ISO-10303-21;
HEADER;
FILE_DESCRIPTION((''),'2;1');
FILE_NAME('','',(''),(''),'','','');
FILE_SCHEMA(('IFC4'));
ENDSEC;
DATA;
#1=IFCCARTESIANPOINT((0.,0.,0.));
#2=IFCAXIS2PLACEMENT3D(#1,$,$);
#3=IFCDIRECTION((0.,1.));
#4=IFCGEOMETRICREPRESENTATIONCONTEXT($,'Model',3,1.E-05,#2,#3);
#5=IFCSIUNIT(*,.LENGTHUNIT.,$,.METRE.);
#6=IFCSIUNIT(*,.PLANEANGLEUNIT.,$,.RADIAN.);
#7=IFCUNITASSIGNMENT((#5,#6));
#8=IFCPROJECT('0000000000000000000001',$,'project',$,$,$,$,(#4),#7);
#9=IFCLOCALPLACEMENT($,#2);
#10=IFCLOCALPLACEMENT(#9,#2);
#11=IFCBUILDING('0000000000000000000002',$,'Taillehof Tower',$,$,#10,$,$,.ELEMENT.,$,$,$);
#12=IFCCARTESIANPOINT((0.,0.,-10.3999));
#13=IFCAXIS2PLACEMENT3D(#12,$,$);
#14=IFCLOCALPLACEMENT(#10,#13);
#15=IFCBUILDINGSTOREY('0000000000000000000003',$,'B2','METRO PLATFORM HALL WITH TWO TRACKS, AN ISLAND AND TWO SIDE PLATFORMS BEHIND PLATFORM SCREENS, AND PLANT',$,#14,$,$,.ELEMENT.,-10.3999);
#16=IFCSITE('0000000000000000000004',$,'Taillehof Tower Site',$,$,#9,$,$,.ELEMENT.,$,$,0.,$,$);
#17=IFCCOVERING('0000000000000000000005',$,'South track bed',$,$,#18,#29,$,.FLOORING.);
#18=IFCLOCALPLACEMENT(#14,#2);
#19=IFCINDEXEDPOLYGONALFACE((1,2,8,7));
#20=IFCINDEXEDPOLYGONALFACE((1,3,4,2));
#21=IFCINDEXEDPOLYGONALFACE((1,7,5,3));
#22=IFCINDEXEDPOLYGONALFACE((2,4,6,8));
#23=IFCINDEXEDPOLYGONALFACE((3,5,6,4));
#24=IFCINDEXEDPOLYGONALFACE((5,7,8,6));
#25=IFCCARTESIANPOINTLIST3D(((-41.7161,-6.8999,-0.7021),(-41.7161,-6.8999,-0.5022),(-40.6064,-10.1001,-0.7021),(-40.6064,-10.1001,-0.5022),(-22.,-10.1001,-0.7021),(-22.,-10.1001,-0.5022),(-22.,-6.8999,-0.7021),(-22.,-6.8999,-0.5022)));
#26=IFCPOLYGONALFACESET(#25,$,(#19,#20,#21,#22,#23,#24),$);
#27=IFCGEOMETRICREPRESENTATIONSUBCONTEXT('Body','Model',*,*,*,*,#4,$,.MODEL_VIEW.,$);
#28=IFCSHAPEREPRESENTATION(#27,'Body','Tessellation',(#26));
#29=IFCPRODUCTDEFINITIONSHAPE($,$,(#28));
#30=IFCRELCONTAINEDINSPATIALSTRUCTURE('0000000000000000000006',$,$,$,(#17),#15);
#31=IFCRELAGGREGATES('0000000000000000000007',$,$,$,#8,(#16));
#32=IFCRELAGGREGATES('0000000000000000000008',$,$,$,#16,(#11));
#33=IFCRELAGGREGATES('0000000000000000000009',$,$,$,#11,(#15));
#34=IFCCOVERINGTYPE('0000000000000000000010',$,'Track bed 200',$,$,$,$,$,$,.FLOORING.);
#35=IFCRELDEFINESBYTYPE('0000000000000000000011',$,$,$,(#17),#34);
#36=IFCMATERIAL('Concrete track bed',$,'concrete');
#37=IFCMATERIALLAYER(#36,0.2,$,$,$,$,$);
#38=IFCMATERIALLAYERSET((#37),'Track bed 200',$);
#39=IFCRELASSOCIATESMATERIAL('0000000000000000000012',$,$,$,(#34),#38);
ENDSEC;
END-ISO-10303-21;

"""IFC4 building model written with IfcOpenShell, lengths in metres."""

from ifc_helpers import new_model, si_unit, direction, frame, origin, place, context, subcontext, project, spatial, polyline, outline, extrude, material, layer, layer_set, type_object, element, save


model = new_model("IFC4")

# Units and contexts
model_context = context("Model", 3, precision=1e-05, world=origin(), true_north=direction((0.0, 1.0)))
body_context = subcontext(model_context, "Body", "Model", "MODEL_VIEW")
ifc_project = project(units=[si_unit("LENGTHUNIT", "METRE"), si_unit("PLANEANGLEUNIT", "RADIAN")], contexts=[model_context])

# Site, building, storey
site_placement = place(None, origin())
site = spatial("IfcSite", under=ifc_project, at=site_placement, Name="Taillehof Tower Site", CompositionType="ELEMENT", RefElevation=0.0)
building_placement = place(site_placement, origin())
building = spatial("IfcBuilding", under=site, at=building_placement, Name="Taillehof Tower", CompositionType="ELEMENT")
storey_placement = place(building_placement, frame((0.0, 0.0, -10.3999)))
storey = spatial("IfcBuildingStorey", under=building, at=storey_placement, Name="B2", Description="METRO PLATFORM HALL WITH TWO TRACKS, AN ISLAND AND TWO SIDE PLATFORMS BEHIND PLATFORM SCREENS, AND PLANT", CompositionType="ELEMENT", Elevation=-10.3999)

# Covering
ifc_material_1 = material(Name="Concrete track bed", Category="concrete")
ifc_layer_1 = layer(ifc_material_1, 0.2)
ifc_layer_set_1 = layer_set([ifc_layer_1], Name="Track bed 200")
covering_type_1 = type_object("IfcCoveringType", Name="Track bed 200", PredefinedType="FLOORING", material=ifc_layer_set_1)
covering_1_placement = place(storey_placement, frame((0.0, 0.0, -0.7021)))
element("IfcCovering", 1, at=covering_1_placement, inside=storey, type_object=covering_type_1, Name="South track bed", PredefinedType="FLOORING", context=body_context, shape_type="SweptSolid", body=[
    extrude(outline(polyline([(-22.0, -6.8999), (-22.0, -10.1001), (-40.6064, -10.1001), (-41.7161, -6.8999), (-22.0, -6.8999)])), origin(), (0.0, 0.0, 1.0), 0.2),
])

save(model, "model.ifc")
